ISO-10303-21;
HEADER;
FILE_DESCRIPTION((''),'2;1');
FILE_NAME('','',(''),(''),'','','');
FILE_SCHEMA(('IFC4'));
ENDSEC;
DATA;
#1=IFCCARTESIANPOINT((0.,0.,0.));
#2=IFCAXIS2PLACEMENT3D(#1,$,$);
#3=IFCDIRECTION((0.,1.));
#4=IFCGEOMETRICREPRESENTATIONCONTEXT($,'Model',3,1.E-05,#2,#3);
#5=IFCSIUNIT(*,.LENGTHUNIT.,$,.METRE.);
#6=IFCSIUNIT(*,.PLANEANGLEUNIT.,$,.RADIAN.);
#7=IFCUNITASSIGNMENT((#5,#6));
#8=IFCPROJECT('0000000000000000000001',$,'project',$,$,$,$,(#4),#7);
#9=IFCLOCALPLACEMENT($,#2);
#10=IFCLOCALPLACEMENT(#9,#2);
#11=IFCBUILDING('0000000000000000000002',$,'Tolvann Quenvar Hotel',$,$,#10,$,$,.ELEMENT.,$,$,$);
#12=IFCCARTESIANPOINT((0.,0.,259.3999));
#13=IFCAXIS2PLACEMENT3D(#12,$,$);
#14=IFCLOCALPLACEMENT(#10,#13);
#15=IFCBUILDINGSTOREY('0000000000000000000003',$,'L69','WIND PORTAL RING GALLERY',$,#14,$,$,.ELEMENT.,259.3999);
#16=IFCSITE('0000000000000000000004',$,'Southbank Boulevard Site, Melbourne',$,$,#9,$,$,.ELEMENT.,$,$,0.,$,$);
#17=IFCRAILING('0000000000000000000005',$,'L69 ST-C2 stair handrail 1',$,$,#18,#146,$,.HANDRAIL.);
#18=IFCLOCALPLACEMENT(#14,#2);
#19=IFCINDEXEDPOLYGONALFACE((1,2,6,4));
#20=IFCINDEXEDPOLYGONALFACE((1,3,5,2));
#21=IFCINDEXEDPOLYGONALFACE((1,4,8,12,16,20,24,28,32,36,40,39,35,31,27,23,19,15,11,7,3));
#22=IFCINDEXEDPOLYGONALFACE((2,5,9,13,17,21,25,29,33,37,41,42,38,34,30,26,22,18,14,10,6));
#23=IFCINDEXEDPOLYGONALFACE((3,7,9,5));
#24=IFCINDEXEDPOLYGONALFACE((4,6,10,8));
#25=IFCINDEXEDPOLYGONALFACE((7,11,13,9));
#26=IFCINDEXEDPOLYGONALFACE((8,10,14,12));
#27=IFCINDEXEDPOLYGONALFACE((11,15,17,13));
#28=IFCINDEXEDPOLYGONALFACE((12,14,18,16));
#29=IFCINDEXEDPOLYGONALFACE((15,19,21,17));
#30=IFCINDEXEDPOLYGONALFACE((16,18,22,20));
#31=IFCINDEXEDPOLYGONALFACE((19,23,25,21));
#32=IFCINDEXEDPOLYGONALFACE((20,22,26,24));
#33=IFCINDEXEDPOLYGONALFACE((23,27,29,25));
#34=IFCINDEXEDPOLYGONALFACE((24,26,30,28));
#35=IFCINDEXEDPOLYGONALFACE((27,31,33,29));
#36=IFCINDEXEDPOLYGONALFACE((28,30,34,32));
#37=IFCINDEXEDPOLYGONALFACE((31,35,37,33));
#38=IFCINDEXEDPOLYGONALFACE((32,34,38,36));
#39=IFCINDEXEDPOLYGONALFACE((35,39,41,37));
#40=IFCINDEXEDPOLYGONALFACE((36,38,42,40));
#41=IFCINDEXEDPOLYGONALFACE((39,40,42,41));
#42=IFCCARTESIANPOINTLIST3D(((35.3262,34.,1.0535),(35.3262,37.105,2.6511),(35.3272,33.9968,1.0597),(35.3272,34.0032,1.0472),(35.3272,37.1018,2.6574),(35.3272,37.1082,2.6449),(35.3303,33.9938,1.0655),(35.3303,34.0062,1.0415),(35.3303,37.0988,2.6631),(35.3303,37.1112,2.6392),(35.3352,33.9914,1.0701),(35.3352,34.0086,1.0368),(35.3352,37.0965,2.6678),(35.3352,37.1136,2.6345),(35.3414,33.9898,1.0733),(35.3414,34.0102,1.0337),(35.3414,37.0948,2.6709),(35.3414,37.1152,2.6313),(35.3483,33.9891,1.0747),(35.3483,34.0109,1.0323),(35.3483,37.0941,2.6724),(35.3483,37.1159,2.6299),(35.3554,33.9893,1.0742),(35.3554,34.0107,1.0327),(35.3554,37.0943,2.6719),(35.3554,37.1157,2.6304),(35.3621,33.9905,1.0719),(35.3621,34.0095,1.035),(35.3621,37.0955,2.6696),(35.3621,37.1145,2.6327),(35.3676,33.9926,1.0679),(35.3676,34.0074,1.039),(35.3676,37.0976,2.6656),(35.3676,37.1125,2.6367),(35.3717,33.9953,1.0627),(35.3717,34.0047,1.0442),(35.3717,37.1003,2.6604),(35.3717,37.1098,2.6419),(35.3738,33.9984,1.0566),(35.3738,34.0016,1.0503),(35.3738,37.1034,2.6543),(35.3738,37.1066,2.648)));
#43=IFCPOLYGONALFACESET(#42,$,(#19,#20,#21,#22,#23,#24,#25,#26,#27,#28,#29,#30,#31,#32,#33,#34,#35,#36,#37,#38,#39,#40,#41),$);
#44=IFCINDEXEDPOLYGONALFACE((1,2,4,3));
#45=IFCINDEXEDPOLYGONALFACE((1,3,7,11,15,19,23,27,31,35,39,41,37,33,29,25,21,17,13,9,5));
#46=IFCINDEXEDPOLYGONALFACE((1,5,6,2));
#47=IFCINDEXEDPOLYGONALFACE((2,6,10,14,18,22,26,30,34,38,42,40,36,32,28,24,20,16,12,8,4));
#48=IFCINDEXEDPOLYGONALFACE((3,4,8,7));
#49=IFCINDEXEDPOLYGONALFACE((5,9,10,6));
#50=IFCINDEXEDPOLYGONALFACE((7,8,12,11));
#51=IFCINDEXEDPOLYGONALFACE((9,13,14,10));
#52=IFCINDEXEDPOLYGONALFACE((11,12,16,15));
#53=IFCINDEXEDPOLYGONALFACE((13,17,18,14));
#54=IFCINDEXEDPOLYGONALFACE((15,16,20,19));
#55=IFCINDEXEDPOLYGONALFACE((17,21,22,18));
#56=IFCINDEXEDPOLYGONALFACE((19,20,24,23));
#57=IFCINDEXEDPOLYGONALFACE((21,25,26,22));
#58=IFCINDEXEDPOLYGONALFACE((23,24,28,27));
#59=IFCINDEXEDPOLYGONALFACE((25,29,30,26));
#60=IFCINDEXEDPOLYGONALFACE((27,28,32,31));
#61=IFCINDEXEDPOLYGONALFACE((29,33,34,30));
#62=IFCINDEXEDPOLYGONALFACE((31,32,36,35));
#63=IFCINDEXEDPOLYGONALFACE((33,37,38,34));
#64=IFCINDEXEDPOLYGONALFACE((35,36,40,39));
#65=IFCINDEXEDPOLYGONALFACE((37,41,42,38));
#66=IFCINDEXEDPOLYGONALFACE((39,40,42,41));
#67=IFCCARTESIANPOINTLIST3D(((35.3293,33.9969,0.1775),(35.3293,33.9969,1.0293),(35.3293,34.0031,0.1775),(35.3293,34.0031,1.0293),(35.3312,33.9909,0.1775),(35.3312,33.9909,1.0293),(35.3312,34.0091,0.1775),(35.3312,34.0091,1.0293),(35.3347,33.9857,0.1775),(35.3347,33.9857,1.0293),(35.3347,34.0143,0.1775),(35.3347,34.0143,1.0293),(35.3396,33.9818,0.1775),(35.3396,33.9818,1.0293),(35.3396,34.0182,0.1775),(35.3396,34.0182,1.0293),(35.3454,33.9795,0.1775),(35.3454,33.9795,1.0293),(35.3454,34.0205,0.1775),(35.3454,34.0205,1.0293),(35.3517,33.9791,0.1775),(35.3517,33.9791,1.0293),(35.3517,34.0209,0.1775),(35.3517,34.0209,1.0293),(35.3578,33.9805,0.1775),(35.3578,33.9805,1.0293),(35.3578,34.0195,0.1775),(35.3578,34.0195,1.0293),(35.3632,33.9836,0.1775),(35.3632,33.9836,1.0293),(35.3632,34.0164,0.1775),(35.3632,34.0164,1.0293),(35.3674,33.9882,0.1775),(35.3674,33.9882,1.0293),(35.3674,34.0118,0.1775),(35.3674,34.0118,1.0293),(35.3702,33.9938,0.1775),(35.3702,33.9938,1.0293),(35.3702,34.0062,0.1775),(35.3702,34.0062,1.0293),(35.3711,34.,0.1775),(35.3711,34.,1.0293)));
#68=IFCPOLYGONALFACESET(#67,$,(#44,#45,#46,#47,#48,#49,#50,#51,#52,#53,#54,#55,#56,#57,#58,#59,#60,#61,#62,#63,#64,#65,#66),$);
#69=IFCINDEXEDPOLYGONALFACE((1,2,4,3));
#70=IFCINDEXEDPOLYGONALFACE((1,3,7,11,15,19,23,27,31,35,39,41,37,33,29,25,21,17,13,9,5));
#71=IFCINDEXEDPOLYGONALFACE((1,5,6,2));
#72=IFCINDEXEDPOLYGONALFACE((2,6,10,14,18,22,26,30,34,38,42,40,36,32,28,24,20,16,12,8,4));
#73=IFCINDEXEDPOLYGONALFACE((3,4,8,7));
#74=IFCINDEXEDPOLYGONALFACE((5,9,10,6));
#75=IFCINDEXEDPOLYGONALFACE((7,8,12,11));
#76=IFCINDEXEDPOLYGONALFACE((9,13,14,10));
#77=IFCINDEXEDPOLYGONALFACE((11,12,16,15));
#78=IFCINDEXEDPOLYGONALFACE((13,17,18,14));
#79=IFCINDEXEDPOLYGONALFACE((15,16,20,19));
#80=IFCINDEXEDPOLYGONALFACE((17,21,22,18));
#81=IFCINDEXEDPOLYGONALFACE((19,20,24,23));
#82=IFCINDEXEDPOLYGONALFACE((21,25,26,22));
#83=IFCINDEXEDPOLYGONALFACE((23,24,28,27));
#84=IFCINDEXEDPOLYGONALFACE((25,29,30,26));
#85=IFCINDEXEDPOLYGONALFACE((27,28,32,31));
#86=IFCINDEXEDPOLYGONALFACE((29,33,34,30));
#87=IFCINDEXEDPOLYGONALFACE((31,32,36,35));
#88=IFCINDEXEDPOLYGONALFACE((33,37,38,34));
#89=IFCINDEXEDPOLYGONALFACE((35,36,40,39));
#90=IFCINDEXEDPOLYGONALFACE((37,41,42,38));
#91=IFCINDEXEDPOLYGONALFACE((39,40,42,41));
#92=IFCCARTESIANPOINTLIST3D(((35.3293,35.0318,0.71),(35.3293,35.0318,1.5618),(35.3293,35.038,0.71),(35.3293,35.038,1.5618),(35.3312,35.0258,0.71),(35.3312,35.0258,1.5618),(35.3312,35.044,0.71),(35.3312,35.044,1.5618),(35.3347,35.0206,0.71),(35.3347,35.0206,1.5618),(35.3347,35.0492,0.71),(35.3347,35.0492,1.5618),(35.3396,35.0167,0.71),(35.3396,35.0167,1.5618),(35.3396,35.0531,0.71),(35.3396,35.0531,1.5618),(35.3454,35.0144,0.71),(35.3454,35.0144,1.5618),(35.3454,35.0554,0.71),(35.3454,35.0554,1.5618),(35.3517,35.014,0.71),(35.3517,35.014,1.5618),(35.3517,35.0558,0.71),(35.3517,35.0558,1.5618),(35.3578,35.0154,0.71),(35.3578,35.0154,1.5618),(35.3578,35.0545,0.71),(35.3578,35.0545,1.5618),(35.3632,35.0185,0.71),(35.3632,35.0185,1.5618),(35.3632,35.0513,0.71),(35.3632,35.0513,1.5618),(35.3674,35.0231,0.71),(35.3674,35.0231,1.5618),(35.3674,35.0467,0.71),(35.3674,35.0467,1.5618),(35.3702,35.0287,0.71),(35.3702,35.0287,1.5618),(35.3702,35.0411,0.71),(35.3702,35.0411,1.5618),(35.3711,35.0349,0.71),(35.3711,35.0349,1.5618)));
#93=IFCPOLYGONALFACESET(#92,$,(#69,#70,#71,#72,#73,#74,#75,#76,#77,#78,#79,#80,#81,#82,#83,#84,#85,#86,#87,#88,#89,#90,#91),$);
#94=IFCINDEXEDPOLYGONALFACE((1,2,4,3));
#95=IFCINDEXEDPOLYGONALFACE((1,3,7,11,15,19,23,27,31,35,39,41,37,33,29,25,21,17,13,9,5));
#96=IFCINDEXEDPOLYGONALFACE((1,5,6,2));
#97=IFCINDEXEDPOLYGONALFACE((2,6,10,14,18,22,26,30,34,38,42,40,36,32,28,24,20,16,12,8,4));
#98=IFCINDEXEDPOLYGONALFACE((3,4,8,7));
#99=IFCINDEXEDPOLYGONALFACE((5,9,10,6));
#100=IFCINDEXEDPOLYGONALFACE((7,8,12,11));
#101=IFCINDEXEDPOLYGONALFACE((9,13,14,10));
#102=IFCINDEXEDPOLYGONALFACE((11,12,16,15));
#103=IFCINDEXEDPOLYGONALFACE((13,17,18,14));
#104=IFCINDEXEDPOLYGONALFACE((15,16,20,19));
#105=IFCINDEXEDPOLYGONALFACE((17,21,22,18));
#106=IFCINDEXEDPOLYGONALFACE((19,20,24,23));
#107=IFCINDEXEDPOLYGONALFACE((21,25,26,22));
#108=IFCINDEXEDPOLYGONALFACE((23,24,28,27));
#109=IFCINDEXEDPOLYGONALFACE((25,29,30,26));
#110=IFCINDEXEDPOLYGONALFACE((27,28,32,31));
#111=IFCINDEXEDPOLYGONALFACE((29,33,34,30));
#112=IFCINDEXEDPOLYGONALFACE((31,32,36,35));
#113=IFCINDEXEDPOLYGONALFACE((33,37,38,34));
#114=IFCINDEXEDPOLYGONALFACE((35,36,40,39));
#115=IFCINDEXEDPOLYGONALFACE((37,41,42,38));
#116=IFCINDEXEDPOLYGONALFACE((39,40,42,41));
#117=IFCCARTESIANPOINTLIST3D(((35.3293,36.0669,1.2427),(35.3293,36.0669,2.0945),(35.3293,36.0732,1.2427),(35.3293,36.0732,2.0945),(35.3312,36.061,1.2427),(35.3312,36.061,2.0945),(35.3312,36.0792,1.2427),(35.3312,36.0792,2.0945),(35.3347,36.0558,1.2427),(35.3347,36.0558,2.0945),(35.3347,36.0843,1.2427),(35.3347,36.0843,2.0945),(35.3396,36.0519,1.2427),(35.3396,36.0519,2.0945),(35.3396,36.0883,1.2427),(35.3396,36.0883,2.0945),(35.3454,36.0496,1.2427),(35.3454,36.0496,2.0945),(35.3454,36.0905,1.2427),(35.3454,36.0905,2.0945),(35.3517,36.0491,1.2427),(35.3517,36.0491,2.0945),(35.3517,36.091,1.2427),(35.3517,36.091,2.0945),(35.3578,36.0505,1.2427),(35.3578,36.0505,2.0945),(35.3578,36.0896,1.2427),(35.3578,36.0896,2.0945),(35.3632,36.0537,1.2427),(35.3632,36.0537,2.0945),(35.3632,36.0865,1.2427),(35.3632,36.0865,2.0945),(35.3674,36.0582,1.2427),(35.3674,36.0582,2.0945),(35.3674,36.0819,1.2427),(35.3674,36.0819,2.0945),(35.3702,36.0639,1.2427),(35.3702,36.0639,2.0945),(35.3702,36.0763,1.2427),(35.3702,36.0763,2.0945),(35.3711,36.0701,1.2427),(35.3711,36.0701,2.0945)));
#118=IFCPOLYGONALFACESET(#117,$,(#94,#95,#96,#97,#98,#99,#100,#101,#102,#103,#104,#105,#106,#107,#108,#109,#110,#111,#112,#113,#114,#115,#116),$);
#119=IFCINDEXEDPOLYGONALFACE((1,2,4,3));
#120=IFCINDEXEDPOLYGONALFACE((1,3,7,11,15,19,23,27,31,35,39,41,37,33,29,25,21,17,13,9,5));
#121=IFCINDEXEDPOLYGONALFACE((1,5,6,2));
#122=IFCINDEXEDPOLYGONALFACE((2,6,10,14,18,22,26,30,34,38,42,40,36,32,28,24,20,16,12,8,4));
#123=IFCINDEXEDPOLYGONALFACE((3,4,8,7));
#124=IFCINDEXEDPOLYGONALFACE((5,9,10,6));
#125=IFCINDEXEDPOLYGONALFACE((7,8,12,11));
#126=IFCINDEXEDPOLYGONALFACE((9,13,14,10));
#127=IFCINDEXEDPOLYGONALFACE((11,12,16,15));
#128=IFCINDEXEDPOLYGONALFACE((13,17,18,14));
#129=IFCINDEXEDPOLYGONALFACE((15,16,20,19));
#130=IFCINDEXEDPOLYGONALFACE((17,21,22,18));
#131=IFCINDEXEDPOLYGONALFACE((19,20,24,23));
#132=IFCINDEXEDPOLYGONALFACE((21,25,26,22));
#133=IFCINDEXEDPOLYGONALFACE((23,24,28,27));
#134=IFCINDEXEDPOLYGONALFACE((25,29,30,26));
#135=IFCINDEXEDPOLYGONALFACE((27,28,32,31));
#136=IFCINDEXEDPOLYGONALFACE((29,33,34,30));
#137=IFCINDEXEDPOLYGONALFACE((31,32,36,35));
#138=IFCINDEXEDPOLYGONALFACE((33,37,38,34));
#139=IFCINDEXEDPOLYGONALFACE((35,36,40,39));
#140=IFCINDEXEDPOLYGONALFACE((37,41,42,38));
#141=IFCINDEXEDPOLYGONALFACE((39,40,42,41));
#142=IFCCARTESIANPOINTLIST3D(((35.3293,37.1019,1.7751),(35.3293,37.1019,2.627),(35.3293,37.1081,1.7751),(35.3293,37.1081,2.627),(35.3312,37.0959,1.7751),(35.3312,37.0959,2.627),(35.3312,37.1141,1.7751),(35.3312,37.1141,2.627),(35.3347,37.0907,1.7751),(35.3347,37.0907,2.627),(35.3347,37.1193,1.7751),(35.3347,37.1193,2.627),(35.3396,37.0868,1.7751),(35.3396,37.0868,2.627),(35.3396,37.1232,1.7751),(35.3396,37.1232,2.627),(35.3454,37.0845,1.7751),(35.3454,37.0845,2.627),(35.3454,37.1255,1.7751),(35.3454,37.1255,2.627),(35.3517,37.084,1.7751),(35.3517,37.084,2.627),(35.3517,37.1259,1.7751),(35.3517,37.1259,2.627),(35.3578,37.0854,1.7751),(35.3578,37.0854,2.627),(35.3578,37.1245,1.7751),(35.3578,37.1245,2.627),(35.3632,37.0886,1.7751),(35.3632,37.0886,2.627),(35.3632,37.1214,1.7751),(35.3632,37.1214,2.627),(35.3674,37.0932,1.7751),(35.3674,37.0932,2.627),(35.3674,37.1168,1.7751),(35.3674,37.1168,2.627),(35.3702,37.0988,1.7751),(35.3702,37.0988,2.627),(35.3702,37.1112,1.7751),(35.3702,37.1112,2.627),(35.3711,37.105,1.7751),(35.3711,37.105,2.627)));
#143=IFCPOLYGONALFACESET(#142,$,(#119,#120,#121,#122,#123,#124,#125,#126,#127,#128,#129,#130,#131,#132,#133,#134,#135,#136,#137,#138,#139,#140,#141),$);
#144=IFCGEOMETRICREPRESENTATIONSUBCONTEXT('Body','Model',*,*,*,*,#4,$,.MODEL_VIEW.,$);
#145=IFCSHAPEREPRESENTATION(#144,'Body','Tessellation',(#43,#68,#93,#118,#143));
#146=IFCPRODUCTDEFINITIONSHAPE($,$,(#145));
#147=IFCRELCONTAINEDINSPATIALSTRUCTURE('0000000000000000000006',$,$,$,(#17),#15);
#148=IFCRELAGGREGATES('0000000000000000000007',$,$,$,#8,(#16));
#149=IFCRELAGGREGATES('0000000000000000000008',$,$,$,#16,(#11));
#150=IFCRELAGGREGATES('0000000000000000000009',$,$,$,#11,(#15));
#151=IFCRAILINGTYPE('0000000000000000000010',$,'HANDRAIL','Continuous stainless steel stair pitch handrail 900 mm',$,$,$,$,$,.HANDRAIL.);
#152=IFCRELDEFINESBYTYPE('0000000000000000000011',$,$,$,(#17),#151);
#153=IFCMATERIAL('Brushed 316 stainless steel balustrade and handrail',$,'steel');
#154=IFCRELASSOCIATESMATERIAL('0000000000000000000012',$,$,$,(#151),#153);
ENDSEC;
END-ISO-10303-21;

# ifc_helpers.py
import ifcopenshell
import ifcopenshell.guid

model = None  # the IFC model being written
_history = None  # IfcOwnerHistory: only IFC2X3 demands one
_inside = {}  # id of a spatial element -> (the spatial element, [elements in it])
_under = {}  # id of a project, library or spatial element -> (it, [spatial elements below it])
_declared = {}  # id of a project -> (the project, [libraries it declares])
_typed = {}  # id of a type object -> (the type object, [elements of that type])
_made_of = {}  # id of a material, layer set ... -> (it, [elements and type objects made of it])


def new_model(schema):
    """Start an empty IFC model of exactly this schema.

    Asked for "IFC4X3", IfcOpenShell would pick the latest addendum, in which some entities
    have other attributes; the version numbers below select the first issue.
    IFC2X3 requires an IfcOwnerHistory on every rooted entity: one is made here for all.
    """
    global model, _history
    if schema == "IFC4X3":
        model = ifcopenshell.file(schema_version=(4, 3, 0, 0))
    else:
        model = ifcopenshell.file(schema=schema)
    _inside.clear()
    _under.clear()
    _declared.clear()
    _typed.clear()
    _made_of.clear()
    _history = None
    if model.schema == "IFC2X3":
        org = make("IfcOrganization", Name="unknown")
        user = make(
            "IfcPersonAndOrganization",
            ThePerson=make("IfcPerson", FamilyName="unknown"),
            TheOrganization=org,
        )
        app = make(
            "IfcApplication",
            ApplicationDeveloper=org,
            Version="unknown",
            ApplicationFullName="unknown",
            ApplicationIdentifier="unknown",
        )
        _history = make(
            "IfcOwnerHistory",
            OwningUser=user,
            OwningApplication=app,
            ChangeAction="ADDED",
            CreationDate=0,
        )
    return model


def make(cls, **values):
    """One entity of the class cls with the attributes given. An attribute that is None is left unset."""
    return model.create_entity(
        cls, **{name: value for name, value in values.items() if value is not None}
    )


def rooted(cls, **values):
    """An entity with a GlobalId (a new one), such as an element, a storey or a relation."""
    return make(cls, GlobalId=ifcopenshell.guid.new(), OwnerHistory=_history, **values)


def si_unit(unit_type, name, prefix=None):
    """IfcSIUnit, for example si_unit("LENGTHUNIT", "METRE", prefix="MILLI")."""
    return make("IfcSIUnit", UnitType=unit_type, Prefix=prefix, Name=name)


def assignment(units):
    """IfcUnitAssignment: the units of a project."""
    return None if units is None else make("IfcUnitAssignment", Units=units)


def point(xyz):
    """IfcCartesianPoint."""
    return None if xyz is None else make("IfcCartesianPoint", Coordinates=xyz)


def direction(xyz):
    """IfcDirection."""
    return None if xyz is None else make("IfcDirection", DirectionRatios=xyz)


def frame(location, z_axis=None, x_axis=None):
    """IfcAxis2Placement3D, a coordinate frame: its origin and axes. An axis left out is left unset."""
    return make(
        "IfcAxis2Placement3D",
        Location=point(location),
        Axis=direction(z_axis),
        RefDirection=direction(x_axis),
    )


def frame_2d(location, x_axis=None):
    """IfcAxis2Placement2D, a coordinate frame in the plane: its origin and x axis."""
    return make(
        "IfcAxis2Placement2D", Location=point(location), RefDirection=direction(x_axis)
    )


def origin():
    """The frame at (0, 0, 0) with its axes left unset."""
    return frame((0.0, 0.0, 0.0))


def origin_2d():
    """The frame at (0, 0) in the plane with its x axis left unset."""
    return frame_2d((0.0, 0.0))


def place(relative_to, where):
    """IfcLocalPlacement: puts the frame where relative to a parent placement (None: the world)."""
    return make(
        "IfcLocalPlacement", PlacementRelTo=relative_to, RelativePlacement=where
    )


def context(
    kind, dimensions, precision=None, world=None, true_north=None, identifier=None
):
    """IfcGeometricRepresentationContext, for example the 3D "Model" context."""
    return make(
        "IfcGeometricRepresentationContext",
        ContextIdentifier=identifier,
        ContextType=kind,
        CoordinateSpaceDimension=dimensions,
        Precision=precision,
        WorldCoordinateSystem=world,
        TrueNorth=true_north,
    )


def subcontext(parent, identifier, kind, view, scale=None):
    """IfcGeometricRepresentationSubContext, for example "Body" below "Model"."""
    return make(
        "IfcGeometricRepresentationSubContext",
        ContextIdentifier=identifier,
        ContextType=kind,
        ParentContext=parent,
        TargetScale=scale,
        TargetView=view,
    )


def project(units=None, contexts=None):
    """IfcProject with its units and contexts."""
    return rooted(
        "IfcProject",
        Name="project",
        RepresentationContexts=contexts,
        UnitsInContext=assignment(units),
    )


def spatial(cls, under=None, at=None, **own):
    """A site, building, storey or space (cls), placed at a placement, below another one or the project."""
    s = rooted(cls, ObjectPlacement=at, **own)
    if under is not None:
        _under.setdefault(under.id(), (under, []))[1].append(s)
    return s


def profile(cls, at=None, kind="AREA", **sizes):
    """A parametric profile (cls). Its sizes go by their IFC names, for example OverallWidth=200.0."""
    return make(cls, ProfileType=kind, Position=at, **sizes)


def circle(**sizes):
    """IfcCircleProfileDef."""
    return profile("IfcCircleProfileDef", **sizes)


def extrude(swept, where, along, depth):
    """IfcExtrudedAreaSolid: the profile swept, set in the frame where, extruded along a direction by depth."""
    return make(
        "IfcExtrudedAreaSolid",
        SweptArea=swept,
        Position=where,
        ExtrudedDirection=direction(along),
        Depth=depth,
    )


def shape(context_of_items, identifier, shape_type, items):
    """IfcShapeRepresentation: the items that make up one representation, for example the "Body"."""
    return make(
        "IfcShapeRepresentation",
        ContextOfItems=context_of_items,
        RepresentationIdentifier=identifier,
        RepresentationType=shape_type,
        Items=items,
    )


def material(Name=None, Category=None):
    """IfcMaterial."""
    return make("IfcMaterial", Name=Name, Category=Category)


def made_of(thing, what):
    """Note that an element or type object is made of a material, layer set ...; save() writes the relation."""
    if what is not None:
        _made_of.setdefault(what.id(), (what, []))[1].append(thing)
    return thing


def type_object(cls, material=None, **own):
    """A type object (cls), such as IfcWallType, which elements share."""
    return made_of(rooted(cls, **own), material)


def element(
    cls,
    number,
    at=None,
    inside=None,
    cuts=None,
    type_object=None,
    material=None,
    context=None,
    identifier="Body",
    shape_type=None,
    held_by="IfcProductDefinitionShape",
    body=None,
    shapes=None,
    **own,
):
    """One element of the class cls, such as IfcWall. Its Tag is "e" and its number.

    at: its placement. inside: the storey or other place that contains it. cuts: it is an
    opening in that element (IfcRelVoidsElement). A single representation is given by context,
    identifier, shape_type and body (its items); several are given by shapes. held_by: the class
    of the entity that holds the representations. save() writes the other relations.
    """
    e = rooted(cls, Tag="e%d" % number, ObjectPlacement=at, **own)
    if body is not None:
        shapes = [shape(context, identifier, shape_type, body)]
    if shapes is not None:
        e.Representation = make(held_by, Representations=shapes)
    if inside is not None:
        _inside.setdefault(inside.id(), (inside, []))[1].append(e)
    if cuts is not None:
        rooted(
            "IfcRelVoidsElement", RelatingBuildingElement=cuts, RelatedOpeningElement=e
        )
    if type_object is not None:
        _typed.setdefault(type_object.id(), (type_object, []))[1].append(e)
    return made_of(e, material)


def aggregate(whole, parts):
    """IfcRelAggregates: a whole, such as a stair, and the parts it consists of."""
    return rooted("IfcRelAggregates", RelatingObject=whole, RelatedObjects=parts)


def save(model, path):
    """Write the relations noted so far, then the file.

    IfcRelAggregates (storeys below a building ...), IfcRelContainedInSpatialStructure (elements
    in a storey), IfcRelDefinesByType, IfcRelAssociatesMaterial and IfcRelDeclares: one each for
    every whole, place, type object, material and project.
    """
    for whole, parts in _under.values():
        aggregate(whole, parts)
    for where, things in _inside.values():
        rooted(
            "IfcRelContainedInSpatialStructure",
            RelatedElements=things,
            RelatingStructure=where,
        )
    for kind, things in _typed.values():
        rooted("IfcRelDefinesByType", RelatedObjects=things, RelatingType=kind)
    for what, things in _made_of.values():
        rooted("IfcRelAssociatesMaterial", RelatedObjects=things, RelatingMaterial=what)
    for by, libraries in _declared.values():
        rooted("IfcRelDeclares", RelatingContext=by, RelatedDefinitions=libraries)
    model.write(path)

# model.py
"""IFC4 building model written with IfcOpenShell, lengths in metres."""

from ifc_helpers import new_model, si_unit, direction, frame, origin, origin_2d, place, context, subcontext, project, spatial, circle, extrude, material, type_object, element, save


model = new_model("IFC4")

# Units and contexts
model_context = context("Model", 3, precision=1e-05, world=origin(), true_north=direction((0.0, 1.0)))
body_context = subcontext(model_context, "Body", "Model", "MODEL_VIEW")
ifc_project = project(units=[si_unit("LENGTHUNIT", "METRE"), si_unit("PLANEANGLEUNIT", "RADIAN")], contexts=[model_context])

# Site, building, storey
site_placement = place(None, origin())
site = spatial("IfcSite", under=ifc_project, at=site_placement, Name="Southbank Boulevard Site, Melbourne", CompositionType="ELEMENT", RefElevation=0.0)
building_placement = place(site_placement, origin())
building = spatial("IfcBuilding", under=site, at=building_placement, Name="Tolvann Quenvar Hotel", CompositionType="ELEMENT")
storey_placement = place(building_placement, frame((0.0, 0.0, 259.3999)))
storey = spatial("IfcBuildingStorey", under=building, at=storey_placement, Name="L69", Description="WIND PORTAL RING GALLERY", CompositionType="ELEMENT", Elevation=259.3999)

# Railing
ifc_material_1 = material(Name="Brushed 316 stainless steel balustrade and handrail", Category="steel")
railing_type_1 = type_object("IfcRailingType", Name="HANDRAIL", Description="Continuous stainless steel stair pitch handrail 900 mm", PredefinedType="HANDRAIL", material=ifc_material_1)
railing_1_placement = place(storey_placement, frame((35.3501, 34.0, 0.1775)))
element("IfcRailing", 1, at=railing_1_placement, inside=storey, type_object=railing_type_1, Name="L69 ST-C2 stair handrail 1", PredefinedType="HANDRAIL", context=body_context, shape_type="SweptSolid", body=[
    extrude(circle(Radius=0.0239, at=origin_2d()), frame((0.0, 0.0, 0.876), z_axis=(0.0, 0.889194, 0.457531), x_axis=(-1.0, 0.0, 0.0)), (0.0, 0.0, 1.0), 3.4919),
    extrude(circle(Radius=0.021, at=origin_2d()), origin(), (0.0, 0.0, 1.0), 0.8518),
    extrude(circle(Radius=0.021, at=origin_2d()), frame((0.0, 1.0349, 0.5325)), (0.0, 0.0, 1.0), 0.8518),
    extrude(circle(Radius=0.021, at=origin_2d()), frame((0.0, 2.0701, 1.0652)), (0.0, 0.0, 1.0), 0.8518),
    extrude(circle(Radius=0.021, at=origin_2d()), frame((0.0, 3.105, 1.5977)), (0.0, 0.0, 1.0), 0.8518),
])

save(model, "model.ifc")
